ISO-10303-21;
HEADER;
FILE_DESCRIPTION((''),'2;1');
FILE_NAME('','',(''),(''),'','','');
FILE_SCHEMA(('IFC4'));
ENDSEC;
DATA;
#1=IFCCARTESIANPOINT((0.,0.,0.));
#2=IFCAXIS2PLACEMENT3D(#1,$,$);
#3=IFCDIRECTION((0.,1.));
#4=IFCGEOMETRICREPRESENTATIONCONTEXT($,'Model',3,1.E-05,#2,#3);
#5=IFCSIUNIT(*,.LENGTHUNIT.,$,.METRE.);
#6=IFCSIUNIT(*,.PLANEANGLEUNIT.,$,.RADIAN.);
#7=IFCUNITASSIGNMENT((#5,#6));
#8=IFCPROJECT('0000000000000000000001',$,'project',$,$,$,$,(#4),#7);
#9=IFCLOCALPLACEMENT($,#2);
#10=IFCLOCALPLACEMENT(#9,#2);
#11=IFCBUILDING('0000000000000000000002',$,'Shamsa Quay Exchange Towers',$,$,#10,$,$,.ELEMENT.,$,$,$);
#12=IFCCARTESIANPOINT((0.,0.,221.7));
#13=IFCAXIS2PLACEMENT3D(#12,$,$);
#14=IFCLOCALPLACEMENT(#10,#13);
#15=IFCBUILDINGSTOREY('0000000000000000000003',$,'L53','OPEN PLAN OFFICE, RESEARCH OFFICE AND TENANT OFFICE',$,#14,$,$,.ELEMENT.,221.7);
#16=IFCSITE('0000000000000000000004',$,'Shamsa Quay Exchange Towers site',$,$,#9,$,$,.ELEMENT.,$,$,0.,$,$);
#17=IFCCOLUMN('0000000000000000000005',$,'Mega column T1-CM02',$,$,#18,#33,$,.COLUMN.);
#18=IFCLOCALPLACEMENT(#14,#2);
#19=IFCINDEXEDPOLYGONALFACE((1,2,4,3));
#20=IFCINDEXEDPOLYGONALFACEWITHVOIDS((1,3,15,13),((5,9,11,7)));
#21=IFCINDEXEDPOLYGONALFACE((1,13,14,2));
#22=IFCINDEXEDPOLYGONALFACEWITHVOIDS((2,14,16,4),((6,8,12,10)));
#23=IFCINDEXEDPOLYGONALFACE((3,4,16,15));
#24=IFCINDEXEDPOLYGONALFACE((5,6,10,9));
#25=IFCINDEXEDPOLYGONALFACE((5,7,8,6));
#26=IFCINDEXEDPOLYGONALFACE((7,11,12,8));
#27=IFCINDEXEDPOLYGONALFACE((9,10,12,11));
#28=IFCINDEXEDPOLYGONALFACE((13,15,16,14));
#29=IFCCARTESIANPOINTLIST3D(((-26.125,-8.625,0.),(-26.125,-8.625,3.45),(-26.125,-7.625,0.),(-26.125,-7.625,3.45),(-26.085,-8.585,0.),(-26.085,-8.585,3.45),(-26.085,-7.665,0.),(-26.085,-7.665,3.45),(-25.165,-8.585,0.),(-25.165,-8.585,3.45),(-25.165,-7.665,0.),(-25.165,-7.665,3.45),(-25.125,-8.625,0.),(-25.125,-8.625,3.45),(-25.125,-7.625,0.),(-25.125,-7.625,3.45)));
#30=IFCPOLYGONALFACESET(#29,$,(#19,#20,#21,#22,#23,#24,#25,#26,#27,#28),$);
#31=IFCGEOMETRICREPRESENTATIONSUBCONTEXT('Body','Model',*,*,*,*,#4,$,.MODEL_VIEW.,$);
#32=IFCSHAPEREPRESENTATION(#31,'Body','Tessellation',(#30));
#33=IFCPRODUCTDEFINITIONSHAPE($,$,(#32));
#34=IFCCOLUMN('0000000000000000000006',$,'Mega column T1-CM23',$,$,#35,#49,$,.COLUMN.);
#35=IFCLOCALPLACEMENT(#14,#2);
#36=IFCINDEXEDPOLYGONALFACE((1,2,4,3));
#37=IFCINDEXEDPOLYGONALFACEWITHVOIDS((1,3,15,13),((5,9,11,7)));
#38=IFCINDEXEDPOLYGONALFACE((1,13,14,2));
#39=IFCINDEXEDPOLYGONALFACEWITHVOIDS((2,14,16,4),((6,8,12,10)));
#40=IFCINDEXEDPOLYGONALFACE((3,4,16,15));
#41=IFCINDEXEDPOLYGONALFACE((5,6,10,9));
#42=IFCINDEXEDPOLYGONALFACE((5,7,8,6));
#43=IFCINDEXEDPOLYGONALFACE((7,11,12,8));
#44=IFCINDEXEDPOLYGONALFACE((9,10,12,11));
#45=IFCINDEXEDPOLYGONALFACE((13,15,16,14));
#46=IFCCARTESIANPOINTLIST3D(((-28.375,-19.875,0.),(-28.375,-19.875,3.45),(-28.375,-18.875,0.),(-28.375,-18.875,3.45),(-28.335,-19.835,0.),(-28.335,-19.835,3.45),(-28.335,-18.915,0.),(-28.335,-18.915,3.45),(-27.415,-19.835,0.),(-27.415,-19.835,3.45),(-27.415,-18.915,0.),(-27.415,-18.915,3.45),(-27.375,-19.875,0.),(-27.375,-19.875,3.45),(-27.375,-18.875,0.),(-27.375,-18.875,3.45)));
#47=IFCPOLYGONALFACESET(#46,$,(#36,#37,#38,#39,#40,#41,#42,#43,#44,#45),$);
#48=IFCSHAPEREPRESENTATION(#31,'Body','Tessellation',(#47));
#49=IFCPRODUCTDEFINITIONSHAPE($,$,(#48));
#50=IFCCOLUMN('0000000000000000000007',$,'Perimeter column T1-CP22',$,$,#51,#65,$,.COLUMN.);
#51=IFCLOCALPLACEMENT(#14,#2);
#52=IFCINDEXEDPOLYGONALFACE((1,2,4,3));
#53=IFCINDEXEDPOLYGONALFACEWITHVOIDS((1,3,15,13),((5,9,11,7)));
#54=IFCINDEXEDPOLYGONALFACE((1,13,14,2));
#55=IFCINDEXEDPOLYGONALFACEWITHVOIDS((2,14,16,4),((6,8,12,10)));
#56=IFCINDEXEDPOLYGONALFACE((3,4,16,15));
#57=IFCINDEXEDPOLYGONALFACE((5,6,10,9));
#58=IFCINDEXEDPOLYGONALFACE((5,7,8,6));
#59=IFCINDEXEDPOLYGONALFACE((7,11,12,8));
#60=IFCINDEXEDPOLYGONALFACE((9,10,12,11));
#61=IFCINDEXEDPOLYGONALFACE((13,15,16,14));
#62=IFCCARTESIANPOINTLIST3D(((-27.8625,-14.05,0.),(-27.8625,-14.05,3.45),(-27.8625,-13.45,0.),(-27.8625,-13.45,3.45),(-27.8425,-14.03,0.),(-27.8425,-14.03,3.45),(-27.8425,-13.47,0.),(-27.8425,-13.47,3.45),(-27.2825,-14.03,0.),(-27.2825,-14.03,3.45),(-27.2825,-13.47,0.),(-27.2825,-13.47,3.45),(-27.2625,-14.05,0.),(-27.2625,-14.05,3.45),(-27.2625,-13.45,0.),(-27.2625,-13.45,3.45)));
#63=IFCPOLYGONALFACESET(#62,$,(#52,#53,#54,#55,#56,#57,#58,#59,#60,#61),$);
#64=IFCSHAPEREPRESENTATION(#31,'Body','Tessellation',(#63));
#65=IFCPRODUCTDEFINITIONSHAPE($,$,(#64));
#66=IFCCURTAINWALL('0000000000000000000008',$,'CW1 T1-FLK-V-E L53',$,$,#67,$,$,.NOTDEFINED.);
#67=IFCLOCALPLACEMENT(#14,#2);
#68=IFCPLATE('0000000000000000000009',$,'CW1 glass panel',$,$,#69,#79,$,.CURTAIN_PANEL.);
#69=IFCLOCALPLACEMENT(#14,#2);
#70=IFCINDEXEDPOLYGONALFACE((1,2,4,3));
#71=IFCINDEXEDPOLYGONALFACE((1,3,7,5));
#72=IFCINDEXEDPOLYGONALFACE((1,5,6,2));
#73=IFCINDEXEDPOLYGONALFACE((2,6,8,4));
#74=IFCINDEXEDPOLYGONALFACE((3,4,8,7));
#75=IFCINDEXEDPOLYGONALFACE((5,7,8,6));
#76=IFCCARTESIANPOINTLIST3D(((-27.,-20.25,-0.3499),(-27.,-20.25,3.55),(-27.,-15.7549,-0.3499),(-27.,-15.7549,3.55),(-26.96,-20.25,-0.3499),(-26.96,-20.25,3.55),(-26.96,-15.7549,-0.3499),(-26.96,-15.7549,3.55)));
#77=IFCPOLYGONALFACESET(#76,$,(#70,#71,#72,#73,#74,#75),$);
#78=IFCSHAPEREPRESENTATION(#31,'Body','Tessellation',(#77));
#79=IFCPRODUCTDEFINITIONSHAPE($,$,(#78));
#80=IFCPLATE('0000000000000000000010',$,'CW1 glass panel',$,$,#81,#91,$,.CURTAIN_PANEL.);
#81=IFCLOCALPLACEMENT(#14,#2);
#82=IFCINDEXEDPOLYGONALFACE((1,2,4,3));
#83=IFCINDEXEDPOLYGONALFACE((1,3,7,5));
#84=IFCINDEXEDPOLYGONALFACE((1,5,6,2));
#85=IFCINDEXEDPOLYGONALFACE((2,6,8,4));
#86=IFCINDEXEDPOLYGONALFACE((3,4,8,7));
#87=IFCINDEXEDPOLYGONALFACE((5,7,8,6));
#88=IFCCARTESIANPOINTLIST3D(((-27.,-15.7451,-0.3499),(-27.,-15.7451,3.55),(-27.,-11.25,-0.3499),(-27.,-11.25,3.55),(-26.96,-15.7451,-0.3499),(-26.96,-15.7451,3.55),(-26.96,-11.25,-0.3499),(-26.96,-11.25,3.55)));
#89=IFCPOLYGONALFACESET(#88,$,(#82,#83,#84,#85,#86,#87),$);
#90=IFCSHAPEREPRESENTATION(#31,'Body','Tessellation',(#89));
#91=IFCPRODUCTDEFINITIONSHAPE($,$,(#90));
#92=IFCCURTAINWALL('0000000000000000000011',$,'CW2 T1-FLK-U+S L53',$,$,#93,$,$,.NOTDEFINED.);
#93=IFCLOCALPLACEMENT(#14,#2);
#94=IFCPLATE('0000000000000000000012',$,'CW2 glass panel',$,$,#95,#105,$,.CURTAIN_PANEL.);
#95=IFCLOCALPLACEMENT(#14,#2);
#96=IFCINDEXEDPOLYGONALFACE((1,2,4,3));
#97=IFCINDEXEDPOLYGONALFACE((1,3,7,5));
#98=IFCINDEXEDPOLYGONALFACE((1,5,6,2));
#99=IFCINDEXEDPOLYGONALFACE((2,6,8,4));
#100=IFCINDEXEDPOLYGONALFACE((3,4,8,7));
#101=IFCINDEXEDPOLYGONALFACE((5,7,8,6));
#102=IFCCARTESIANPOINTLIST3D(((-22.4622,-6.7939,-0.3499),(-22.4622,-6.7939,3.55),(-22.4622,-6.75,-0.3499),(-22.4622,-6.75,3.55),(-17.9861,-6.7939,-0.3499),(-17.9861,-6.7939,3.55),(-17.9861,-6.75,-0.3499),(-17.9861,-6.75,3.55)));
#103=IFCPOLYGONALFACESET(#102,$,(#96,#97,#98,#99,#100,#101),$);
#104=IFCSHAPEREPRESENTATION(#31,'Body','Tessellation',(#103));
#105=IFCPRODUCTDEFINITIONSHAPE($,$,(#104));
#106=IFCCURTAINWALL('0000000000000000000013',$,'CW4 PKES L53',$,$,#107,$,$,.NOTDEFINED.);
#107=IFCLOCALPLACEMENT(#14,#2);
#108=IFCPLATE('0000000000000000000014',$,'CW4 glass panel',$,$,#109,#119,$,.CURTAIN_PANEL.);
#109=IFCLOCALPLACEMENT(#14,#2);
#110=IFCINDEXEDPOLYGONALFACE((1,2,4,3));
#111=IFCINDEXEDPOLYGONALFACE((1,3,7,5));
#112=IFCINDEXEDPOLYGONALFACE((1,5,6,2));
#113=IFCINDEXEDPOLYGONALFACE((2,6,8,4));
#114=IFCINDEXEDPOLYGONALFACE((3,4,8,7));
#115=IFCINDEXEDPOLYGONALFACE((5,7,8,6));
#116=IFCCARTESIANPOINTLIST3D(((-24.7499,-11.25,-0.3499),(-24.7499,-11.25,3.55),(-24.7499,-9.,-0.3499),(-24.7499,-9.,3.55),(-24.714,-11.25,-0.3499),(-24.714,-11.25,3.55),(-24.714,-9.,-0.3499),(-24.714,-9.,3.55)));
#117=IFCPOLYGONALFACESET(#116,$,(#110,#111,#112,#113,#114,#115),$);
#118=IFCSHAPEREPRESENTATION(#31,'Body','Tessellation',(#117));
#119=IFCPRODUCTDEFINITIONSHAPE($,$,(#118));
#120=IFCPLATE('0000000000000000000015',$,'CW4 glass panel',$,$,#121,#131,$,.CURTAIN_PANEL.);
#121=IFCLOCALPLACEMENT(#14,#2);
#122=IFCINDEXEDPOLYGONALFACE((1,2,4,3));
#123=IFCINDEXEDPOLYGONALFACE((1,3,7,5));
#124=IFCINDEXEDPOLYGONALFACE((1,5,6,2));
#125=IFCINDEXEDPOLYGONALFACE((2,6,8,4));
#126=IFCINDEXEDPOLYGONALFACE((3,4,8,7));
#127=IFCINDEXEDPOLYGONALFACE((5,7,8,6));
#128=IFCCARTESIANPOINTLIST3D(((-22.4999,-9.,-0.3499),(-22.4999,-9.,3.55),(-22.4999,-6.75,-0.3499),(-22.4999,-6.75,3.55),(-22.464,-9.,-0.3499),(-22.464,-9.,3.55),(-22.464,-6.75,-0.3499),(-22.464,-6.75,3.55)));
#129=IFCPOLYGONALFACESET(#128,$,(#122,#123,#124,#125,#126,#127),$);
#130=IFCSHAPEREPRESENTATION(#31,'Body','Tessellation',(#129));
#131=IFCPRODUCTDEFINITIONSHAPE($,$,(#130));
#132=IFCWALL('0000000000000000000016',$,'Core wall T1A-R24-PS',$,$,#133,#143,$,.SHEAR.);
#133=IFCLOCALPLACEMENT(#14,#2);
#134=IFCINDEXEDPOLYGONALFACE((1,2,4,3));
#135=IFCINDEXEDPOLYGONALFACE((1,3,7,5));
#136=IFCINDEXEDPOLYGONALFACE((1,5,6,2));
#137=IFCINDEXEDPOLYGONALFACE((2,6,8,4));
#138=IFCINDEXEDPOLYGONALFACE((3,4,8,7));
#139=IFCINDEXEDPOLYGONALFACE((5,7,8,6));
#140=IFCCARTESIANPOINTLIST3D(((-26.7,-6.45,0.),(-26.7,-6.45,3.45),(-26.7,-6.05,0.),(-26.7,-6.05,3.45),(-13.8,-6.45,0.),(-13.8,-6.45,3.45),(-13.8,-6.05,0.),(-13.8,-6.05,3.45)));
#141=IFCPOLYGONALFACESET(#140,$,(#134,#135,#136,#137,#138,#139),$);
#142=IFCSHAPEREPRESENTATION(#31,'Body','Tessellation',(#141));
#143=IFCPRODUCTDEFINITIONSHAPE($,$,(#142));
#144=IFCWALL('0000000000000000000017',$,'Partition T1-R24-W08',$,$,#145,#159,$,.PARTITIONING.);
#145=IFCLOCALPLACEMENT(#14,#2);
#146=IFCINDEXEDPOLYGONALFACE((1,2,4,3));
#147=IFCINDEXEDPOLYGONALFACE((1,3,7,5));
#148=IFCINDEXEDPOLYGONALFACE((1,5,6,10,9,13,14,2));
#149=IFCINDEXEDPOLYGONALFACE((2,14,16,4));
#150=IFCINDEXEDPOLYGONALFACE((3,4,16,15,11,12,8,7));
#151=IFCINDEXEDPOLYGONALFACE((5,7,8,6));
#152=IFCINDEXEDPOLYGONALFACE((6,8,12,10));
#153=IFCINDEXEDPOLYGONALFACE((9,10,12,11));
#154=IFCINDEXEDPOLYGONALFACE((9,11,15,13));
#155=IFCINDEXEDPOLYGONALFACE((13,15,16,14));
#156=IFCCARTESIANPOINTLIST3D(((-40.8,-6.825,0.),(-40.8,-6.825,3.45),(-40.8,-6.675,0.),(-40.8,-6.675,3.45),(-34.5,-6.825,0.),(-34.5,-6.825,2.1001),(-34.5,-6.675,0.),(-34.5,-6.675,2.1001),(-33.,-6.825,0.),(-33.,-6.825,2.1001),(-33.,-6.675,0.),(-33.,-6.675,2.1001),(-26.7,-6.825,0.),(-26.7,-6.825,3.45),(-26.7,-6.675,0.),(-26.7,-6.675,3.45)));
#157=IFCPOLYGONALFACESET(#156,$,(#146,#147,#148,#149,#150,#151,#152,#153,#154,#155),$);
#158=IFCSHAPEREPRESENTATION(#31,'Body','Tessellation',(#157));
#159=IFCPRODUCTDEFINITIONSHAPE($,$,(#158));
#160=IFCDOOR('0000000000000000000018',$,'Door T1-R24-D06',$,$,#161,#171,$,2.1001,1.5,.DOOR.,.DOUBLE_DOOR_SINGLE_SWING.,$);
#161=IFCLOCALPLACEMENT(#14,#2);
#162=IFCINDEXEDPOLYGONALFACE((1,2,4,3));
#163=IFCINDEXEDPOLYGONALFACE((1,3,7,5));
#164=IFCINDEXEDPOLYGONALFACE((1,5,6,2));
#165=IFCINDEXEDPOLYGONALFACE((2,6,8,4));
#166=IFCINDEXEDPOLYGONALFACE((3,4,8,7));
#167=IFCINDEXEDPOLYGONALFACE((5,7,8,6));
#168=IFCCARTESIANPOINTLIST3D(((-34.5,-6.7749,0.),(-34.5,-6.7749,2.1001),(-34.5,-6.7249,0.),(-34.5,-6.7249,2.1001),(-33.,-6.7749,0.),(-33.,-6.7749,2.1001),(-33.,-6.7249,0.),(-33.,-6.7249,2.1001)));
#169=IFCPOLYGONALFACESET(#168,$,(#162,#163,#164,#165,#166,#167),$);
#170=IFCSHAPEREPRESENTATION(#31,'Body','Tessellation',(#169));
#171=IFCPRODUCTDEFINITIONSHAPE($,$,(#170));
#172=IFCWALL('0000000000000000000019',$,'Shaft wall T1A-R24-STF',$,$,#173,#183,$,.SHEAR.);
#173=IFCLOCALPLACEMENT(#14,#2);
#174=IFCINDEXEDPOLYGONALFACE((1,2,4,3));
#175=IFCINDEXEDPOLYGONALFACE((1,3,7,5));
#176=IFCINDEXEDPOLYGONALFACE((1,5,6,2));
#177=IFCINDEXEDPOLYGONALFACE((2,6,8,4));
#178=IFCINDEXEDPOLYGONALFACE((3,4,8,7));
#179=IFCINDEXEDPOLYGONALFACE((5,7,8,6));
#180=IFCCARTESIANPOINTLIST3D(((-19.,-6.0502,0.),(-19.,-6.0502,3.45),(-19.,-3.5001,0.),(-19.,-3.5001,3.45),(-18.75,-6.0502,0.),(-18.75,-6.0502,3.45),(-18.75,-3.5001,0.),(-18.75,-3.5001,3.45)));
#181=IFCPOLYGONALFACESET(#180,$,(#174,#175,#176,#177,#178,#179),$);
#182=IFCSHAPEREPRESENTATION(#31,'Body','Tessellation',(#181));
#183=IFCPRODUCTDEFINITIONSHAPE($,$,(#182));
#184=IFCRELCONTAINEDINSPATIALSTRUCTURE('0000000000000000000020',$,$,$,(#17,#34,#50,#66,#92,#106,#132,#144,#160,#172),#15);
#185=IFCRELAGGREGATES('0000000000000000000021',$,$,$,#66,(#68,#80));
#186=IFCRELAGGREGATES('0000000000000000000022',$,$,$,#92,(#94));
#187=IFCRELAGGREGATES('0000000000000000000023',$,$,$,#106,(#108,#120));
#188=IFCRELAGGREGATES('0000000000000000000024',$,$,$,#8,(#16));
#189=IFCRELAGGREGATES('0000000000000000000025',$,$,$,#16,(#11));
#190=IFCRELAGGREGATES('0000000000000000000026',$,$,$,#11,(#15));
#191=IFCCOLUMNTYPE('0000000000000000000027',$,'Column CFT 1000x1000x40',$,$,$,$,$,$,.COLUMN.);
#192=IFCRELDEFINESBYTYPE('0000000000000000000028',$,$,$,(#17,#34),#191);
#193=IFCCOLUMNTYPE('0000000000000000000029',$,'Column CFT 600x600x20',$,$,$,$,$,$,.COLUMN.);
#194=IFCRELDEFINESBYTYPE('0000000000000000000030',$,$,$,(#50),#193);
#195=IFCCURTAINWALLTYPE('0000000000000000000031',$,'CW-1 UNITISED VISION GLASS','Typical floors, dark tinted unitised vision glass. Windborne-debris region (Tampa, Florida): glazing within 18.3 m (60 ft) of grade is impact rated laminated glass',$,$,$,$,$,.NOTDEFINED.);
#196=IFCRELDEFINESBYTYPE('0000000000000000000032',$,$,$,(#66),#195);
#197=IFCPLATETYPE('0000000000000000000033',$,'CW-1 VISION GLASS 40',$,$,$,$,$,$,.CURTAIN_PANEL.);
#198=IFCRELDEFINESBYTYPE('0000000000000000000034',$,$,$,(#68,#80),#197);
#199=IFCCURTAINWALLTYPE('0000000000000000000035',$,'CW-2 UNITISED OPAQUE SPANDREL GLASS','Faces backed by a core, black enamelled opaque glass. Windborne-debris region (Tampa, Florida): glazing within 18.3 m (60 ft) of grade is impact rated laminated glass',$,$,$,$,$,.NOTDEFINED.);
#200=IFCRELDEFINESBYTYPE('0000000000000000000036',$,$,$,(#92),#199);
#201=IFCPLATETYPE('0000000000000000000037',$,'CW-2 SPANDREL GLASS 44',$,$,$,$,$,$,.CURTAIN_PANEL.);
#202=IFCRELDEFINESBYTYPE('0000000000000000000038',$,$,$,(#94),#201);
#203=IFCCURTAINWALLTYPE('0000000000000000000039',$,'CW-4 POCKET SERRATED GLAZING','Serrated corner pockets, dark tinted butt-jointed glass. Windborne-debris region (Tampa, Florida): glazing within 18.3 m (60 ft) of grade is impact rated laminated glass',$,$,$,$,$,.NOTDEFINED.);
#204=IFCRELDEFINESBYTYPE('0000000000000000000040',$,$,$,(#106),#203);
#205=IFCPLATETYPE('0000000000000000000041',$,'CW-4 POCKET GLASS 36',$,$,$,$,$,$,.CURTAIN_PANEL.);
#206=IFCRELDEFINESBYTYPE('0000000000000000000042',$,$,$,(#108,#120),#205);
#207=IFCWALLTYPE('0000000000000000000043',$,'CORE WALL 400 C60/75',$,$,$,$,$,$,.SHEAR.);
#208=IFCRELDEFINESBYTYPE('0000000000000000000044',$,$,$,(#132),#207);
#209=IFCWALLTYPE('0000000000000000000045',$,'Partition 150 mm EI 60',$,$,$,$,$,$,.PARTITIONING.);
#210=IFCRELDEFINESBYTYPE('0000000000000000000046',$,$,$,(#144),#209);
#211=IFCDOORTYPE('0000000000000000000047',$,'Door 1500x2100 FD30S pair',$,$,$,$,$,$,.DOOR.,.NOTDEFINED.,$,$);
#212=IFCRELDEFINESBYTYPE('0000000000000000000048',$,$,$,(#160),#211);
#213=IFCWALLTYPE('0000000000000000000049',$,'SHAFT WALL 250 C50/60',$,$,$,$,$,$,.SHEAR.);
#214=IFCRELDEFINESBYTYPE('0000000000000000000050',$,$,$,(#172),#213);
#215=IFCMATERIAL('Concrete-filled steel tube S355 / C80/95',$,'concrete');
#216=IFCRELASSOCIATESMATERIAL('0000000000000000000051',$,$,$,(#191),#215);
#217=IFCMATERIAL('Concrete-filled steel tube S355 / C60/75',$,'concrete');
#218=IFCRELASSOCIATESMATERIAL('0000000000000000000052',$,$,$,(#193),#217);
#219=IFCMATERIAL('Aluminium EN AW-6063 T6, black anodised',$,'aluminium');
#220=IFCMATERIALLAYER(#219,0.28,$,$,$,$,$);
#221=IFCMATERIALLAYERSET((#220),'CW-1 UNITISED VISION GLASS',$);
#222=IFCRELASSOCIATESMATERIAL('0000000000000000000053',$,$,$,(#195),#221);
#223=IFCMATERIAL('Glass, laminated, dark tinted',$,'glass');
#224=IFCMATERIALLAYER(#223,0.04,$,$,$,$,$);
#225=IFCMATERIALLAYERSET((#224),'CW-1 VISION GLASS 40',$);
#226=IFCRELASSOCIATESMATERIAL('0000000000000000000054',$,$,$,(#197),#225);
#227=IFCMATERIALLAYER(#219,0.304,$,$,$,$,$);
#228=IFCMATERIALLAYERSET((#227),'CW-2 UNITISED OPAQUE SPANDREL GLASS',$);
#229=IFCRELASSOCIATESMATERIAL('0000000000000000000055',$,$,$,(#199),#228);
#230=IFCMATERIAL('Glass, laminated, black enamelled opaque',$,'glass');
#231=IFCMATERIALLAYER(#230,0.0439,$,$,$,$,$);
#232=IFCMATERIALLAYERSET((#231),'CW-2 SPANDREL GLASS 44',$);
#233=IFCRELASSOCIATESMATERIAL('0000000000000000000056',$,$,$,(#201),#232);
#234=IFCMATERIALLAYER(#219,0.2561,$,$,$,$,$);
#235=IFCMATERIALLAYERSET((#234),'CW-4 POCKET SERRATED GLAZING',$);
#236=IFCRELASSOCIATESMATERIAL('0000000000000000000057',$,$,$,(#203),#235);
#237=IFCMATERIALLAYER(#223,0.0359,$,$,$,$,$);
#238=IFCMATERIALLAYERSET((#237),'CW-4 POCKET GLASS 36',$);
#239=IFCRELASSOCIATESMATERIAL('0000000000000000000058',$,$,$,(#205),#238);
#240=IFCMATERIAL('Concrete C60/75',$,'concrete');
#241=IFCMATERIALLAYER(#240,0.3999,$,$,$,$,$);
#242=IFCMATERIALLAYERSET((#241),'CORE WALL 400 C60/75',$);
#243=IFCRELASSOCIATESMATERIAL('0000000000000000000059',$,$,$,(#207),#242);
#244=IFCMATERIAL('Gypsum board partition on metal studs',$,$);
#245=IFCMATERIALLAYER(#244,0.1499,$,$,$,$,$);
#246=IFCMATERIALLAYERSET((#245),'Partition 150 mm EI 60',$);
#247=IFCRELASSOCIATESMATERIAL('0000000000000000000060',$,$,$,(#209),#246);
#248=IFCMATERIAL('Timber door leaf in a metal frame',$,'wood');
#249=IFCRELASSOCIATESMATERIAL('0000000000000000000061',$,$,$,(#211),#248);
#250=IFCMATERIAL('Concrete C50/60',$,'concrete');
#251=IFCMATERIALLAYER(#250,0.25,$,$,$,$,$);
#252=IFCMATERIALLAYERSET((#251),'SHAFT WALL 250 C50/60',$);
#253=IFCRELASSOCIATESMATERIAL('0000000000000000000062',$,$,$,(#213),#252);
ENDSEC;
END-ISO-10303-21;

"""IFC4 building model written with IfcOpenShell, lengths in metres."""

from ifc_helpers import new_model, si_unit, direction, frame, frame_2d, origin, origin_2d, place, context, subcontext, project, spatial, rectangle, hollow_rectangle, extrude, material, layer, layer_set, material_profile, profile_set, type_object, element, fill, aggregate, save


model = new_model("IFC4")

# Units and contexts
model_context = context("Model", 3, precision=1e-05, world=origin(), true_north=direction((0.0, 1.0)))
body_context = subcontext(model_context, "Body", "Model", "MODEL_VIEW")
ifc_project = project(units=[si_unit("LENGTHUNIT", "METRE"), si_unit("PLANEANGLEUNIT", "RADIAN")], contexts=[model_context])

# Site, building, storey
site_placement = place(None, origin())
site = spatial("IfcSite", under=ifc_project, at=site_placement, Name="Shamsa Quay Exchange Towers site", CompositionType="ELEMENT", RefElevation=0.0)
building_placement = place(site_placement, origin())
building = spatial("IfcBuilding", under=site, at=building_placement, Name="Shamsa Quay Exchange Towers", CompositionType="ELEMENT")
storey_placement = place(building_placement, frame((0.0, 0.0, 221.7)))
storey = spatial("IfcBuildingStorey", under=building, at=storey_placement, Name="L53", Description="OPEN PLAN OFFICE, RESEARCH OFFICE AND TENANT OFFICE", CompositionType="ELEMENT", Elevation=221.7)

# Columns
ifc_material_1 = material(Name="Concrete-filled steel tube S355 / C80/95", Category="concrete")
ifc_material_profile_1 = material_profile(ifc_material_1, hollow_rectangle(XDim=1.0, YDim=1.0, WallThickness=0.04, at=origin_2d()), Name="CFT 1000x1000x40")
ifc_profile_set_1 = profile_set([ifc_material_profile_1], Name="Concrete-filled steel tube S355 / C80/95")
column_type_1 = type_object("IfcColumnType", Name="Column CFT 1000x1000x40", PredefinedType="COLUMN", material=ifc_profile_set_1)
for number, where, name in (
    (1, (-25.625, -8.125, 0.0), "Mega column T1-CM02"),
    (2, (-27.875, -19.375, 0.0), "Mega column T1-CM23"),
):
    element("IfcColumn", number, at=place(storey_placement, frame(where)), inside=storey, type_object=column_type_1, Name=name, PredefinedType="COLUMN", context=body_context, shape_type="SweptSolid", body=[
        extrude(hollow_rectangle(XDim=1.0, YDim=1.0, WallThickness=0.04, at=origin_2d()), origin(), (0.0, 0.0, 1.0), 3.45),
    ])
ifc_material_2 = material(Name="Concrete-filled steel tube S355 / C60/75", Category="concrete")
ifc_material_profile_2 = material_profile(ifc_material_2, hollow_rectangle(XDim=0.6001, YDim=0.6001, WallThickness=0.02, at=origin_2d()), Name="CFT 600x600x20")
ifc_profile_set_2 = profile_set([ifc_material_profile_2], Name="Concrete-filled steel tube S355 / C60/75")
column_type_2 = type_object("IfcColumnType", Name="Column CFT 600x600x20", PredefinedType="COLUMN", material=ifc_profile_set_2)
column_placement = place(storey_placement, frame((-27.5625, -13.75, 0.0)))
element("IfcColumn", 3, at=column_placement, inside=storey, type_object=column_type_2, Name="Perimeter column T1-CP22", PredefinedType="COLUMN", context=body_context, shape_type="SweptSolid", body=[
    extrude(hollow_rectangle(XDim=0.6001, YDim=0.6001, WallThickness=0.02, at=origin_2d()), origin(), (0.0, 0.0, 1.0), 3.45),
])

# Curtain wall, plates
ifc_material_3 = material(Name="Aluminium EN AW-6063 T6, black anodised", Category="aluminium")
ifc_layer_1 = layer(ifc_material_3, 0.28)
ifc_layer_set_1 = layer_set([ifc_layer_1], Name="CW-1 UNITISED VISION GLASS")
curtain_wall_type_1 = type_object("IfcCurtainWallType", Name="CW-1 UNITISED VISION GLASS", Description="Typical floors, dark tinted unitised vision glass. Windborne-debris region (Tampa, Florida): glazing within 18.3 m (60 ft) of grade is impact rated laminated glass", PredefinedType="NOTDEFINED", material=ifc_layer_set_1)
curtain_wall_1_placement = place(storey_placement, origin())
curtain_wall_1 = element("IfcCurtainWall", 4, at=curtain_wall_1_placement, inside=storey, type_object=curtain_wall_type_1, Name="CW1 T1-FLK-V-E L53", PredefinedType="NOTDEFINED")
ifc_material_4 = material(Name="Glass, laminated, dark tinted", Category="glass")
ifc_layer_2 = layer(ifc_material_4, 0.04)
ifc_layer_set_2 = layer_set([ifc_layer_2], Name="CW-1 VISION GLASS 40")
plate_type_1 = type_object("IfcPlateType", Name="CW-1 VISION GLASS 40", PredefinedType="CURTAIN_PANEL", material=ifc_layer_set_2)
plate_1_placement = place(storey_placement, frame((-26.98, -18.0024, -0.3499), z_axis=(0.0, 0.0, 1.0), x_axis=(0.0, 1.0, 0.0)))
plate_1 = element("IfcPlate", 5, at=plate_1_placement, type_object=plate_type_1, Name="CW1 glass panel", PredefinedType="CURTAIN_PANEL", context=body_context, shape_type="SweptSolid", body=[
    extrude(rectangle(XDim=4.4951, YDim=0.04, at=origin_2d()), origin(), (0.0, 0.0, 1.0), 3.8999),
])
plate_2_placement = place(storey_placement, frame((-26.98, -13.4976, -0.3499), z_axis=(0.0, 0.0, 1.0), x_axis=(0.0, 1.0, 0.0)))
plate_2 = element("IfcPlate", 6, at=plate_2_placement, type_object=plate_type_1, Name="CW1 glass panel", PredefinedType="CURTAIN_PANEL", context=body_context, shape_type="SweptSolid", body=[
    extrude(rectangle(XDim=4.4951, YDim=0.04, at=origin_2d()), origin(), (0.0, 0.0, 1.0), 3.8999),
])
aggregate(curtain_wall_1, [plate_1, plate_2])

# Curtain wall, plate
ifc_layer_3 = layer(ifc_material_3, 0.304)
ifc_layer_set_3 = layer_set([ifc_layer_3], Name="CW-2 UNITISED OPAQUE SPANDREL GLASS")
curtain_wall_type_2 = type_object("IfcCurtainWallType", Name="CW-2 UNITISED OPAQUE SPANDREL GLASS", Description="Faces backed by a core, black enamelled opaque glass. Windborne-debris region (Tampa, Florida): glazing within 18.3 m (60 ft) of grade is impact rated laminated glass", PredefinedType="NOTDEFINED", material=ifc_layer_set_3)
curtain_wall_2_placement = place(storey_placement, origin())
curtain_wall_2 = element("IfcCurtainWall", 7, at=curtain_wall_2_placement, inside=storey, type_object=curtain_wall_type_2, Name="CW2 T1-FLK-U+S L53", PredefinedType="NOTDEFINED")
ifc_material_5 = material(Name="Glass, laminated, black enamelled opaque", Category="glass")
ifc_layer_4 = layer(ifc_material_5, 0.0439)
ifc_layer_set_4 = layer_set([ifc_layer_4], Name="CW-2 SPANDREL GLASS 44")
plate_type_2 = type_object("IfcPlateType", Name="CW-2 SPANDREL GLASS 44", PredefinedType="CURTAIN_PANEL", material=ifc_layer_set_4)
plate_3_placement = place(storey_placement, frame((-20.2241, -6.772, -0.3499)))
plate_3 = element("IfcPlate", 8, at=plate_3_placement, type_object=plate_type_2, Name="CW2 glass panel", PredefinedType="CURTAIN_PANEL", context=body_context, shape_type="SweptSolid", body=[
    extrude(rectangle(XDim=4.4761, YDim=0.0439, at=origin_2d()), origin(), (0.0, 0.0, 1.0), 3.8999),
])
aggregate(curtain_wall_2, [plate_3])

# Curtain wall, plates
ifc_layer_5 = layer(ifc_material_3, 0.2561)
ifc_layer_set_5 = layer_set([ifc_layer_5], Name="CW-4 POCKET SERRATED GLAZING")
curtain_wall_type_3 = type_object("IfcCurtainWallType", Name="CW-4 POCKET SERRATED GLAZING", Description="Serrated corner pockets, dark tinted butt-jointed glass. Windborne-debris region (Tampa, Florida): glazing within 18.3 m (60 ft) of grade is impact rated laminated glass", PredefinedType="NOTDEFINED", material=ifc_layer_set_5)
curtain_wall_3_placement = place(storey_placement, origin())
curtain_wall_3 = element("IfcCurtainWall", 9, at=curtain_wall_3_placement, inside=storey, type_object=curtain_wall_type_3, Name="CW4 PKES L53", PredefinedType="NOTDEFINED")
ifc_layer_6 = layer(ifc_material_4, 0.0359)
ifc_layer_set_6 = layer_set([ifc_layer_6], Name="CW-4 POCKET GLASS 36")
plate_type_3 = type_object("IfcPlateType", Name="CW-4 POCKET GLASS 36", PredefinedType="CURTAIN_PANEL", material=ifc_layer_set_6)
plate_4_placement = place(storey_placement, frame((-24.7319, -10.125, -0.3499), z_axis=(0.0, 0.0, 1.0), x_axis=(0.0, 1.0, 0.0)))
plate_4 = element("IfcPlate", 10, at=plate_4_placement, type_object=plate_type_3, Name="CW4 glass panel", PredefinedType="CURTAIN_PANEL", context=body_context, shape_type="SweptSolid", body=[
    extrude(rectangle(XDim=2.25, YDim=0.0359, at=origin_2d()), origin(), (0.0, 0.0, 1.0), 3.8999),
])
plate_5_placement = place(storey_placement, frame((-22.4819, -7.875, -0.3499), z_axis=(0.0, 0.0, 1.0), x_axis=(0.0, 1.0, 0.0)))
plate_5 = element("IfcPlate", 11, at=plate_5_placement, type_object=plate_type_3, Name="CW4 glass panel", PredefinedType="CURTAIN_PANEL", context=body_context, shape_type="SweptSolid", body=[
    extrude(rectangle(XDim=2.25, YDim=0.0359, at=origin_2d()), origin(), (0.0, 0.0, 1.0), 3.8999),
])
aggregate(curtain_wall_3, [plate_4, plate_5])

# Wall
ifc_material_6 = material(Name="Concrete C60/75", Category="concrete")
ifc_layer_7 = layer(ifc_material_6, 0.3999)
ifc_layer_set_7 = layer_set([ifc_layer_7], Name="CORE WALL 400 C60/75")
wall_type_1 = type_object("IfcWallType", Name="CORE WALL 400 C60/75", PredefinedType="SHEAR", material=ifc_layer_set_7)
wall_1_placement = place(storey_placement, frame((-26.7, -6.25, 0.0)))
element("IfcWall", 12, at=wall_1_placement, inside=storey, type_object=wall_type_1, Name="Core wall T1A-R24-PS", PredefinedType="SHEAR", context=body_context, shape_type="SweptSolid", body=[
    extrude(rectangle(XDim=12.8999, YDim=0.3999, at=frame_2d((6.45, 0.0))), origin(), (0.0, 0.0, 1.0), 3.45),
])

# Wall, opening, door
ifc_material_7 = material(Name="Gypsum board partition on metal studs")
ifc_layer_8 = layer(ifc_material_7, 0.1499)
ifc_layer_set_8 = layer_set([ifc_layer_8], Name="Partition 150 mm EI 60")
wall_type_2 = type_object("IfcWallType", Name="Partition 150 mm EI 60", PredefinedType="PARTITIONING", material=ifc_layer_set_8)
wall_2_placement = place(storey_placement, frame((-26.7, -6.75, 0.0), z_axis=(0.0, 0.0, 1.0), x_axis=(-1.0, 0.0, 0.0)))
wall_2 = element("IfcWall", 13, at=wall_2_placement, inside=storey, type_object=wall_type_2, Name="Partition T1-R24-W08", PredefinedType="PARTITIONING", context=body_context, shape_type="SweptSolid", body=[
    extrude(rectangle(XDim=14.1001, YDim=0.1499, at=frame_2d((7.05, 0.0))), origin(), (0.0, 0.0, 1.0), 3.45),
])
opening_1_placement = place(wall_2_placement, frame((6.3, 0.0, 0.0)))
opening_1 = element("IfcOpeningElement", 14, at=opening_1_placement, cuts=wall_2, PredefinedType="OPENING", context=body_context, shape_type="SweptSolid", body=[
    extrude(rectangle(XDim=1.5, YDim=2.1001, at=frame_2d((0.75, 1.05))), frame((0.0, 0.085, 0.0), z_axis=(0.0, -1.0, 0.0), x_axis=(1.0, 0.0, 0.0)), (0.0, 0.0, 1.0), 0.1699),
])
ifc_material_8 = material(Name="Timber door leaf in a metal frame", Category="wood")
door_type_1 = type_object("IfcDoorType", Name="Door 1500x2100 FD30S pair", OperationType="NOTDEFINED", PredefinedType="DOOR", material=ifc_material_8)
door_1_placement = place(opening_1_placement, origin())
door_1 = element("IfcDoor", 15, at=door_1_placement, inside=storey, type_object=door_type_1, Name="Door T1-R24-D06", OperationType="DOUBLE_DOOR_SINGLE_SWING", OverallHeight=2.1001, OverallWidth=1.5, PredefinedType="DOOR", context=body_context, shape_type="SweptSolid", body=[
    extrude(rectangle(XDim=1.5, YDim=2.1001, at=frame_2d((0.75, 1.05))), frame((0.0, 0.0249, 0.0), z_axis=(0.0, -1.0, 0.0), x_axis=(1.0, 0.0, 0.0)), (0.0, 0.0, 1.0), 0.05),
])
fill(opening_1, door_1)

# Wall
ifc_material_9 = material(Name="Concrete C50/60", Category="concrete")
ifc_layer_9 = layer(ifc_material_9, 0.25)
ifc_layer_set_9 = layer_set([ifc_layer_9], Name="SHAFT WALL 250 C50/60")
wall_type_3 = type_object("IfcWallType", Name="SHAFT WALL 250 C50/60", PredefinedType="SHEAR", material=ifc_layer_set_9)
wall_3_placement = place(storey_placement, frame((-18.875, -6.05, 0.0), z_axis=(0.0, 0.0, 1.0), x_axis=(0.0, 1.0, 0.0)))
element("IfcWall", 16, at=wall_3_placement, inside=storey, type_object=wall_type_3, Name="Shaft wall T1A-R24-STF", PredefinedType="SHEAR", context=body_context, shape_type="SweptSolid", body=[
    extrude(rectangle(XDim=2.55, YDim=0.25, at=frame_2d((1.2749, 0.0))), origin(), (0.0, 0.0, 1.0), 3.45),
])

save(model, "model.ifc")
